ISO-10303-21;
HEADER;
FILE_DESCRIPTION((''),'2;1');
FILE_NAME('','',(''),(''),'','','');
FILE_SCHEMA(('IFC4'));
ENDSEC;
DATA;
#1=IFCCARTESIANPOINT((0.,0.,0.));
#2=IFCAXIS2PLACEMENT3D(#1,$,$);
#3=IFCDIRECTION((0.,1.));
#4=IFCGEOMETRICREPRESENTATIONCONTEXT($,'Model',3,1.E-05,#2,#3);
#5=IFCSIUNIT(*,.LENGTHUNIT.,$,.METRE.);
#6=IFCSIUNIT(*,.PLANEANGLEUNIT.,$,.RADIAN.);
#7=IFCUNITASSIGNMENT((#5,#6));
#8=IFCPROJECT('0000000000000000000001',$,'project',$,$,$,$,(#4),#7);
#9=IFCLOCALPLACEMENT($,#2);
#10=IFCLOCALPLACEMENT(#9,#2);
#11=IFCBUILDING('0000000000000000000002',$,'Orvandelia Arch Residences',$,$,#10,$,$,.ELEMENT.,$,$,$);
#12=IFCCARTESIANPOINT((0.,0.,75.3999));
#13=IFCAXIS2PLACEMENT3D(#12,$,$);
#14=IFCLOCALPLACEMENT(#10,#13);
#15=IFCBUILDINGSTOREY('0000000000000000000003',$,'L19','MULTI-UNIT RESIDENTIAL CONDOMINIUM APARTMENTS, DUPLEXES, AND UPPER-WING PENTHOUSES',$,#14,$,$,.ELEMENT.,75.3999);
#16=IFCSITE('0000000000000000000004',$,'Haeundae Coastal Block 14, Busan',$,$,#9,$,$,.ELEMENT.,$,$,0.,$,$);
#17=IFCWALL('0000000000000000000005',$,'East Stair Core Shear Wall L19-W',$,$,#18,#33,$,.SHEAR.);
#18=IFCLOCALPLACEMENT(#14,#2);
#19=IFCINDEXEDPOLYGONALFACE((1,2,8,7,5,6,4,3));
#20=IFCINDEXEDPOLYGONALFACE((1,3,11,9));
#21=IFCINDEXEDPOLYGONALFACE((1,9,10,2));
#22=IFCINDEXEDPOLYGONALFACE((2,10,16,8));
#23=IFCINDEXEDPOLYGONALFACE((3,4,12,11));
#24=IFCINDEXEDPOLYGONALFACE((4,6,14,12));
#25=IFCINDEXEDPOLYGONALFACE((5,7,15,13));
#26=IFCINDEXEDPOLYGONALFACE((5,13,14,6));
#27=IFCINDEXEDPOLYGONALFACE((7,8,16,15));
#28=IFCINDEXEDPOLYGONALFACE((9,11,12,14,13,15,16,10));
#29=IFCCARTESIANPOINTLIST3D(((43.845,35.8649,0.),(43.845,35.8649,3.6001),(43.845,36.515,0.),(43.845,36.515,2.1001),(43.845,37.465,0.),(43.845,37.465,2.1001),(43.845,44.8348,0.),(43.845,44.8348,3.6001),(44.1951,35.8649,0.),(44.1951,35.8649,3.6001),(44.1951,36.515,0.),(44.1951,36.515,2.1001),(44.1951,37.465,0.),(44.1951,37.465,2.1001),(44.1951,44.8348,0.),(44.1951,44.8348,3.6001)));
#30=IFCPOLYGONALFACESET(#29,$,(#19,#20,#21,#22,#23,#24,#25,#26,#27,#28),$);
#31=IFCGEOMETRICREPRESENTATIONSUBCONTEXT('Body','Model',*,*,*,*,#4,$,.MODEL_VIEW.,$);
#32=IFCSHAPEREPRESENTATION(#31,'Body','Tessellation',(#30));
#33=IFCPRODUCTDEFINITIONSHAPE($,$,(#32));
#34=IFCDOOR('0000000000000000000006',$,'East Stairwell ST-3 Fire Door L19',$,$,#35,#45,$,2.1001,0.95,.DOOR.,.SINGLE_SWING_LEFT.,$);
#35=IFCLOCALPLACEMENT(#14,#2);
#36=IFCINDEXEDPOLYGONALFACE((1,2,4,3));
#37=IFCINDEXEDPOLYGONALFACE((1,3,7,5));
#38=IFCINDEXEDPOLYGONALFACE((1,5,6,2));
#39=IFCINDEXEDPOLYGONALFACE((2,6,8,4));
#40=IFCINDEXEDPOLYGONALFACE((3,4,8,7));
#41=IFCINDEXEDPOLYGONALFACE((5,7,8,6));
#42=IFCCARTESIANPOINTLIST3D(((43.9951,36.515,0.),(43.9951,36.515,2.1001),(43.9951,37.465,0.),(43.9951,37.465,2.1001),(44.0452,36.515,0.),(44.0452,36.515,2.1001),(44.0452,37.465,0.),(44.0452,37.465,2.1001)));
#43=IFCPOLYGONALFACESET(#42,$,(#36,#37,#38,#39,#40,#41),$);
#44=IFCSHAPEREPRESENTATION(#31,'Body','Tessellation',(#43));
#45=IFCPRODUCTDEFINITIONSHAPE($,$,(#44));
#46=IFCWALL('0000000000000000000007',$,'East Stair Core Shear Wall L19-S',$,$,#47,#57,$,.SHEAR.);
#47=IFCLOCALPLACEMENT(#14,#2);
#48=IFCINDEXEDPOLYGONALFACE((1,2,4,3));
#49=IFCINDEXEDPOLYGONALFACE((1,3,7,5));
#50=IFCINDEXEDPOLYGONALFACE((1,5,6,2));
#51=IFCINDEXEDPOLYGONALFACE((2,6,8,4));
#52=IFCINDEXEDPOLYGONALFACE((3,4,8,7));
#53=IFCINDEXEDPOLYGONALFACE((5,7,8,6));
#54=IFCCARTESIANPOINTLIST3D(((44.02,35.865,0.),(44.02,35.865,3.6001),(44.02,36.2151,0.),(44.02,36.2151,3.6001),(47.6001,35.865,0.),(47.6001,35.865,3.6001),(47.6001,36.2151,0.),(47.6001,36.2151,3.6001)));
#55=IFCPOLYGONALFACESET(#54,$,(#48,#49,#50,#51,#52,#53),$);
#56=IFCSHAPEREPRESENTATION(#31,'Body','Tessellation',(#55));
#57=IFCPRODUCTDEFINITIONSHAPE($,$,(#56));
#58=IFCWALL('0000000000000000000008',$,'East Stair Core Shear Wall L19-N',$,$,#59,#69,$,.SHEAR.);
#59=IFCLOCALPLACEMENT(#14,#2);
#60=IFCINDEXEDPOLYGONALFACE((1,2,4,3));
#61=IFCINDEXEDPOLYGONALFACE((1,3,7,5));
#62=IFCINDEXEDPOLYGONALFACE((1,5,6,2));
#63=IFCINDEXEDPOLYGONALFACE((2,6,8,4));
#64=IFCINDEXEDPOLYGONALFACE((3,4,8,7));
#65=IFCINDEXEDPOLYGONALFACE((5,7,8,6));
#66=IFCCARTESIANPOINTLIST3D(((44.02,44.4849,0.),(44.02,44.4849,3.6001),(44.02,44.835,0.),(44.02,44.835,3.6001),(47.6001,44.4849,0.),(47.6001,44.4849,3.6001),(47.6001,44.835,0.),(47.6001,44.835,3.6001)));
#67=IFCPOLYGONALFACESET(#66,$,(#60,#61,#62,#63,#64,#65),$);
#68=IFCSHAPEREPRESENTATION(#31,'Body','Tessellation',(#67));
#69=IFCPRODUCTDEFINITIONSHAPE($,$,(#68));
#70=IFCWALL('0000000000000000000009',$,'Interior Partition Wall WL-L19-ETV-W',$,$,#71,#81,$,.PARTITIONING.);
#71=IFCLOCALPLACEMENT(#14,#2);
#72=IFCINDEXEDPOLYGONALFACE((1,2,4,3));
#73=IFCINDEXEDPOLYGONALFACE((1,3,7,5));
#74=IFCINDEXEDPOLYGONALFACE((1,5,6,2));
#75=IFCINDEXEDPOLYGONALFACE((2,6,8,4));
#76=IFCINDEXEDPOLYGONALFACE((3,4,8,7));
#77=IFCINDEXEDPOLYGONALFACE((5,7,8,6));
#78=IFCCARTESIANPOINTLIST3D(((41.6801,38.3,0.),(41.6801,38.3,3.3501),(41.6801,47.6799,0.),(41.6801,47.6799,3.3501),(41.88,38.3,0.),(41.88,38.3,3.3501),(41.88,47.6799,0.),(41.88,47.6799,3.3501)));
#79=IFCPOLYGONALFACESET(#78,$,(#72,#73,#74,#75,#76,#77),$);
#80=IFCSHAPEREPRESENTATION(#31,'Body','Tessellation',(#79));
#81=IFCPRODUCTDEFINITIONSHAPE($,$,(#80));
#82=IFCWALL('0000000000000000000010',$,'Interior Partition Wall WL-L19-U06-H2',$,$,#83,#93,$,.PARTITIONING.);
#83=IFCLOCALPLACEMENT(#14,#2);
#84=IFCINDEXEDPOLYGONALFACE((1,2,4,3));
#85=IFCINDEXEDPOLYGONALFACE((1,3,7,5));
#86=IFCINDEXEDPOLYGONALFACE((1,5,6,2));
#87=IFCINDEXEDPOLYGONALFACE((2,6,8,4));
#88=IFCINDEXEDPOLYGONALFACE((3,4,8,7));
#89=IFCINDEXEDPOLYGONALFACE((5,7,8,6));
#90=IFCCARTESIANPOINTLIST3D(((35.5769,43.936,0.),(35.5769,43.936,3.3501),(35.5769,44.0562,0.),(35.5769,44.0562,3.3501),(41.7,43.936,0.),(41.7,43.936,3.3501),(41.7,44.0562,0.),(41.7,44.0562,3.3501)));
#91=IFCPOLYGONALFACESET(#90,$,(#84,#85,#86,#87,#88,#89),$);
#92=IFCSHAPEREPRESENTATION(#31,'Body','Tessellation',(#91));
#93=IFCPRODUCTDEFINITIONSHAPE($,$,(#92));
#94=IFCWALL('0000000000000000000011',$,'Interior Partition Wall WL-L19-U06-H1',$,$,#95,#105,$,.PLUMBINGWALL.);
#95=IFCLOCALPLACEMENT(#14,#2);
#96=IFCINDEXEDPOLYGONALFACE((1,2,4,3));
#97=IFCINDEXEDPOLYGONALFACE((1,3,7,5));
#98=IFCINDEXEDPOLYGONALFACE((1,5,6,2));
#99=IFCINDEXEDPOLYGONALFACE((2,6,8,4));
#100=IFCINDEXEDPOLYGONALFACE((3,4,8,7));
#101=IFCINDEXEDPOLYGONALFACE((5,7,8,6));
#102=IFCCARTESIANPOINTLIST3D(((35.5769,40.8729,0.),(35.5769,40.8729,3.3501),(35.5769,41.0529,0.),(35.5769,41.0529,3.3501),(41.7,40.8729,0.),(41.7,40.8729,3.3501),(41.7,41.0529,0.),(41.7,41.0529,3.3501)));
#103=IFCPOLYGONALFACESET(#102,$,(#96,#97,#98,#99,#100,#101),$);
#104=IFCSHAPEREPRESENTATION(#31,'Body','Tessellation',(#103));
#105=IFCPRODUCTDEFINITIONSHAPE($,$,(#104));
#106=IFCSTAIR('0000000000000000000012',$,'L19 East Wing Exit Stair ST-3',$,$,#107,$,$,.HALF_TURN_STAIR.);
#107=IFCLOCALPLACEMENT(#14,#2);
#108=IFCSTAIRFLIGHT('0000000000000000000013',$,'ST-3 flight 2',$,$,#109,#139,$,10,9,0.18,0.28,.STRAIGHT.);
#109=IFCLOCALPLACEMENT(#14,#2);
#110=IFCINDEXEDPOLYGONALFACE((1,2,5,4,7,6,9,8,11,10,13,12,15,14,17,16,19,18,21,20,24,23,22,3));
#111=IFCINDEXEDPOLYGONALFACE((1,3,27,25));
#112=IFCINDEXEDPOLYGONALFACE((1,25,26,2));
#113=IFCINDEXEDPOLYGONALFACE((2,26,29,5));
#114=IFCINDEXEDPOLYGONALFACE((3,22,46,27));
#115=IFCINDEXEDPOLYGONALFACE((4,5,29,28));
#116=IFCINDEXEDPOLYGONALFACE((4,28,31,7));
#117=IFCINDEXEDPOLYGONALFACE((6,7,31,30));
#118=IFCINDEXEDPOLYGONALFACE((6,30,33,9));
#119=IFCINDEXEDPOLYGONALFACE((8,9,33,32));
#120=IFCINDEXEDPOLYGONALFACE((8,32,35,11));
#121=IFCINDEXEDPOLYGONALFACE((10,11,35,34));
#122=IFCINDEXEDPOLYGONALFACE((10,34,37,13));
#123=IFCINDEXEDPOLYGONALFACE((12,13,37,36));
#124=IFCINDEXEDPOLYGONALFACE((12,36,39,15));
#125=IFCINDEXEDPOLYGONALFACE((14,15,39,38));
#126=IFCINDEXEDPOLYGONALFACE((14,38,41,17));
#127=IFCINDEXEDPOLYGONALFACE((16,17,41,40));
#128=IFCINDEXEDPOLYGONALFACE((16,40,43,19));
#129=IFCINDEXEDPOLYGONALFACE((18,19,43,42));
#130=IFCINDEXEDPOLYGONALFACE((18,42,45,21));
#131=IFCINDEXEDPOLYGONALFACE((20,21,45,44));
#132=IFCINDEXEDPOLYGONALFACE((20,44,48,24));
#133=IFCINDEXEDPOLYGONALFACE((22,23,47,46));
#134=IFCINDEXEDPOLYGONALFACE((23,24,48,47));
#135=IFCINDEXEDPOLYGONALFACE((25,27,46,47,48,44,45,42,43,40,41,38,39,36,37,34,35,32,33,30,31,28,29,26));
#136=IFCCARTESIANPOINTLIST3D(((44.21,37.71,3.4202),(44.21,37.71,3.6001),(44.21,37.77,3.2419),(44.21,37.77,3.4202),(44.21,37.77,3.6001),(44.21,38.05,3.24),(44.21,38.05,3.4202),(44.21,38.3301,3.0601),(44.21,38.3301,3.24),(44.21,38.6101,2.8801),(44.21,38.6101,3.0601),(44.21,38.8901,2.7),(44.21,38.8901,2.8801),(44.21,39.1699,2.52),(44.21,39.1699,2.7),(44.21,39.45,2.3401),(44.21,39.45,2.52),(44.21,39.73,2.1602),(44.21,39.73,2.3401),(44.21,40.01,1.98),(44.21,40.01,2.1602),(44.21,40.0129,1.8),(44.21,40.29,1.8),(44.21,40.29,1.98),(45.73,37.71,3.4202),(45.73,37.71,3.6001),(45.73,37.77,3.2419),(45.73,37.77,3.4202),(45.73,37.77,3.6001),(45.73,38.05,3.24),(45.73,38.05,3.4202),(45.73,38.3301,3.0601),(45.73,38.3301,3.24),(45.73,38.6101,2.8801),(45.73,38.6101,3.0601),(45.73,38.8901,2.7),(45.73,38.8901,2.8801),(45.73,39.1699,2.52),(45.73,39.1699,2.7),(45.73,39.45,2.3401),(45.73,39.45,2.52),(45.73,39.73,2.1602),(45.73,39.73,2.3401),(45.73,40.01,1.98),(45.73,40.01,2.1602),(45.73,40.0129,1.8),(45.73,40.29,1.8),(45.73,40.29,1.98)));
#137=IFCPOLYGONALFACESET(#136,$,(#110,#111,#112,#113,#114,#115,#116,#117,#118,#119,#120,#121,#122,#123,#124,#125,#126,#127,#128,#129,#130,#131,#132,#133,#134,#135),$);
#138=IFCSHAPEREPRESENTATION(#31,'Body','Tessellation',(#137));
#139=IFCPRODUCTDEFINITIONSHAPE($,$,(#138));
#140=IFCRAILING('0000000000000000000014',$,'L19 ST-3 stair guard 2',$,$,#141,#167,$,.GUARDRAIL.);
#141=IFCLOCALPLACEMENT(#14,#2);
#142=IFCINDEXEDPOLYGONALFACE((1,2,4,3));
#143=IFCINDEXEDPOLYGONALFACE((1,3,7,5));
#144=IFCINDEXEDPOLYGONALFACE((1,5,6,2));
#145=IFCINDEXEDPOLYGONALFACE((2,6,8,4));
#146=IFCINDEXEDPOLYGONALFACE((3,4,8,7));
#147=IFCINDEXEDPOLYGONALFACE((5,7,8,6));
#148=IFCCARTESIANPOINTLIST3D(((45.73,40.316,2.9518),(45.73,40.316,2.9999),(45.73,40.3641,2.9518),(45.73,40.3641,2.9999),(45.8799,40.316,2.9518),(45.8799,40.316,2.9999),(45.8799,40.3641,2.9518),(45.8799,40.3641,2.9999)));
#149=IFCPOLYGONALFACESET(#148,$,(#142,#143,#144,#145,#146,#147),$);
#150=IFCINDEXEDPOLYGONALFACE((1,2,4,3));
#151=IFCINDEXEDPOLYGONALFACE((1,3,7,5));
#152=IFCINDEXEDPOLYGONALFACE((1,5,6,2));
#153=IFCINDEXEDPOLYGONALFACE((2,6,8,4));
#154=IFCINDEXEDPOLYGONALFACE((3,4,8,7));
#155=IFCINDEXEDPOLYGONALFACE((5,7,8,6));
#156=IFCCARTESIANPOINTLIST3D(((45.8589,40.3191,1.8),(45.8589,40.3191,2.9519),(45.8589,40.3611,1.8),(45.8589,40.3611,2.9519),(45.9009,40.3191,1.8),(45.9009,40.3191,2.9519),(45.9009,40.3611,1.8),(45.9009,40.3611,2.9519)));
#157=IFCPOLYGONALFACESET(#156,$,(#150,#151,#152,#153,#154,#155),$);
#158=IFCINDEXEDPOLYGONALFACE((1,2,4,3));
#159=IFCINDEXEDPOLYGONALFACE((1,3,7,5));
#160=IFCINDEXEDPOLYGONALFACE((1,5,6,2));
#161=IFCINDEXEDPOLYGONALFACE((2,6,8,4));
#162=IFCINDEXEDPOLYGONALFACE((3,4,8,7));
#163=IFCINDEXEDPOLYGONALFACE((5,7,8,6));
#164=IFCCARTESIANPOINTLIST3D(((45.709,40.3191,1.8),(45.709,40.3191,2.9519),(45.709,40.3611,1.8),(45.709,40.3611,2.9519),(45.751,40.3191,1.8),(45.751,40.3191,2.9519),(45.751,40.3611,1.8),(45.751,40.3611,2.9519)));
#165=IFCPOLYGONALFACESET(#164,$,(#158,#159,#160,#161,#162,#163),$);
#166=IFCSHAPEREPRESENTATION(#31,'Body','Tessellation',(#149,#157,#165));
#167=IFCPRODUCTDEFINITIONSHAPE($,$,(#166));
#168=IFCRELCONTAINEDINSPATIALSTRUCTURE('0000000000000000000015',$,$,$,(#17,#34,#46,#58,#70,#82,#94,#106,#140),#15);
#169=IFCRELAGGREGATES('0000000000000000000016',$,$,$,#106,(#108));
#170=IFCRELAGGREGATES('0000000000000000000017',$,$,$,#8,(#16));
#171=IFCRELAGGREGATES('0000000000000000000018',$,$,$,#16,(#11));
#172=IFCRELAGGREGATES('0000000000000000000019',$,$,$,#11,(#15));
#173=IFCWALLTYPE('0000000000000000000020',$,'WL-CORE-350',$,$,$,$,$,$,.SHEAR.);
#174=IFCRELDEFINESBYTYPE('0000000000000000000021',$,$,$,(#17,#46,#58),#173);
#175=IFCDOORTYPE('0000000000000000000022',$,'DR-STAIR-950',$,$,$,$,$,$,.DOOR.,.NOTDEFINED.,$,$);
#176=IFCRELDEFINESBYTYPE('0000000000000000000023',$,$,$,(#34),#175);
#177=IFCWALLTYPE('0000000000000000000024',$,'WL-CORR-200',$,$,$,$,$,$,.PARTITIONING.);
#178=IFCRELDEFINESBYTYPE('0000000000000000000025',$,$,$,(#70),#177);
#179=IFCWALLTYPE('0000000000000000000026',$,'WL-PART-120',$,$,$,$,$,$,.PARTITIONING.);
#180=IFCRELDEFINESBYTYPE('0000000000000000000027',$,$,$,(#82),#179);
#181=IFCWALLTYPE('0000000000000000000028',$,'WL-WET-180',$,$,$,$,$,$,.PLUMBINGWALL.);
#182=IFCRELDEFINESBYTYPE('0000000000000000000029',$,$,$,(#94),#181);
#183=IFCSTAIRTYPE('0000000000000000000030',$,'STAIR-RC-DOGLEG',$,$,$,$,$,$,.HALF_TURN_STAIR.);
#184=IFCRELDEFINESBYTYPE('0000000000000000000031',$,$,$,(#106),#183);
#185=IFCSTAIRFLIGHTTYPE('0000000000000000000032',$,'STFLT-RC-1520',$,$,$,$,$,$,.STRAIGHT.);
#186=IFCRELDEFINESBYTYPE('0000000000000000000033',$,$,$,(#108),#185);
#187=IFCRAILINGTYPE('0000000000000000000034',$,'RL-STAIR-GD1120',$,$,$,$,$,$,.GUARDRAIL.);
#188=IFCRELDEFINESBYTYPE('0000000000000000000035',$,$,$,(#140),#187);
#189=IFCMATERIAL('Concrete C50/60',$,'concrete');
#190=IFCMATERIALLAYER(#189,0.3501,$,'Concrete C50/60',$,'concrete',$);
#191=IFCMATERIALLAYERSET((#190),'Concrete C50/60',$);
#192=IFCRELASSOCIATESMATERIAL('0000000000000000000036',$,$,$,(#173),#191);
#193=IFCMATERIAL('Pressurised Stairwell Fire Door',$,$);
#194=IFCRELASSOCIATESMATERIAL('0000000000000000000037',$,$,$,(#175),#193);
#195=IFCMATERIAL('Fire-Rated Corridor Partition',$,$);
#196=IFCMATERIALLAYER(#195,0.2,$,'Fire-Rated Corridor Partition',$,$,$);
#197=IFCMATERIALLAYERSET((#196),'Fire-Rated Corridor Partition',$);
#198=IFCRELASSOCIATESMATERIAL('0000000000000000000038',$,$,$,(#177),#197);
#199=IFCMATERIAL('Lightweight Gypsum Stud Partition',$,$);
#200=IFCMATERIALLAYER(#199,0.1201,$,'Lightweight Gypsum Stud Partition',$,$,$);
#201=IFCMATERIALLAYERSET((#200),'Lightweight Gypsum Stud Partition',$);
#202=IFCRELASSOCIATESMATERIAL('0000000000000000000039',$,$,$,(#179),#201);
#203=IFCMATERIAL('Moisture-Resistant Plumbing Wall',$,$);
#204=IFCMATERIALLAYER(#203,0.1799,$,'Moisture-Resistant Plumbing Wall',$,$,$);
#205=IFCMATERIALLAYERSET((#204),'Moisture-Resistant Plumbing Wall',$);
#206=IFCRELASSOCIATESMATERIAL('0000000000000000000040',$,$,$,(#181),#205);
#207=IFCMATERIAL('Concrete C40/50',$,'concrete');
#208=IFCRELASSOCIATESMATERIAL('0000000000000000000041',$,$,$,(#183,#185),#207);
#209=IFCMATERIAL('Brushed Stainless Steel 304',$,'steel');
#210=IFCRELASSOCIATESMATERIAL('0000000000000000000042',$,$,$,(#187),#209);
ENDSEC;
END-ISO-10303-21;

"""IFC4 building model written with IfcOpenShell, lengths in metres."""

from ifc_helpers import new_model, si_unit, direction, frame, frame_2d, origin, origin_2d, place, context, subcontext, project, spatial, polyline, rectangle, outline, extrude, material, layer, layer_set, type_object, element, fill, aggregate, save


model = new_model("IFC4")

# Units and contexts
model_context = context("Model", 3, precision=1e-05, world=origin(), true_north=direction((0.0, 1.0)))
body_context = subcontext(model_context, "Body", "Model", "MODEL_VIEW")
ifc_project = project(units=[si_unit("LENGTHUNIT", "METRE"), si_unit("PLANEANGLEUNIT", "RADIAN")], contexts=[model_context])

# Site, building, storey
site_placement = place(None, origin())
site = spatial("IfcSite", under=ifc_project, at=site_placement, Name="Haeundae Coastal Block 14, Busan", CompositionType="ELEMENT", RefElevation=0.0)
building_placement = place(site_placement, origin())
building = spatial("IfcBuilding", under=site, at=building_placement, Name="Orvandelia Arch Residences", CompositionType="ELEMENT")
storey_placement = place(building_placement, frame((0.0, 0.0, 75.3999)))
storey = spatial("IfcBuildingStorey", under=building, at=storey_placement, Name="L19", Description="MULTI-UNIT RESIDENTIAL CONDOMINIUM APARTMENTS, DUPLEXES, AND UPPER-WING PENTHOUSES", CompositionType="ELEMENT", Elevation=75.3999)

# Wall, opening, door
ifc_material_1 = material(Name="Concrete C50/60", Category="concrete")
ifc_layer_1 = layer(ifc_material_1, 0.3501, Name="Concrete C50/60", Category="concrete")
ifc_layer_set_1 = layer_set([ifc_layer_1], Name="Concrete C50/60")
wall_type_1 = type_object("IfcWallType", Name="WL-CORE-350", PredefinedType="SHEAR", material=ifc_layer_set_1)
wall_1_placement = place(storey_placement, frame((44.02, 35.865, 0.0), z_axis=(0.0, 0.0, 1.0), x_axis=(0.0, 1.0, 0.0)))
wall_1 = element("IfcWall", 1, at=wall_1_placement, inside=storey, type_object=wall_type_1, Name="East Stair Core Shear Wall L19-W", PredefinedType="SHEAR", context=body_context, shape_type="SweptSolid", body=[
    extrude(rectangle(XDim=8.97, YDim=0.3501, at=frame_2d((4.4849, 0.0))), origin(), (0.0, 0.0, 1.0), 3.6001),
])
opening_1_placement = place(wall_1_placement, frame((0.6499, 0.0, 0.0)))
opening_1 = element("IfcOpeningElement", 2, at=opening_1_placement, cuts=wall_1, PredefinedType="OPENING", context=body_context, shape_type="SweptSolid", body=[
    extrude(rectangle(XDim=0.95, YDim=2.1001, at=frame_2d((0.4751, 1.05))), frame((0.0, 0.1851, 0.0), z_axis=(0.0, -1.0, 0.0), x_axis=(1.0, 0.0, 0.0)), (0.0, 0.0, 1.0), 0.3701),
])
ifc_material_2 = material(Name="Pressurised Stairwell Fire Door")
door_type_1 = type_object("IfcDoorType", Name="DR-STAIR-950", OperationType="NOTDEFINED", PredefinedType="DOOR", material=ifc_material_2)
door_1_placement = place(opening_1_placement, origin())
door_1 = element("IfcDoor", 3, at=door_1_placement, inside=storey, type_object=door_type_1, Name="East Stairwell ST-3 Fire Door L19", OperationType="SINGLE_SWING_LEFT", OverallHeight=2.1001, OverallWidth=0.95, PredefinedType="DOOR", context=body_context, shape_type="SweptSolid", body=[
    extrude(rectangle(XDim=0.95, YDim=2.1001, at=frame_2d((0.4751, 1.05))), frame((0.0, 0.0249, 0.0), z_axis=(0.0, -1.0, 0.0), x_axis=(1.0, 0.0, 0.0)), (0.0, 0.0, 1.0), 0.05),
])
fill(opening_1, door_1)

# Walls
for number, where, z_axis, x_axis, name in (
    (4, (44.02, 36.04, 0.0), (0.0, 0.0, 1.0), (1.0, 0.0, 0.0), "East Stair Core Shear Wall L19-S"),
    (5, (44.02, 44.6599, 0.0), (0.0, 0.0, 1.0), (1.0, 0.0, 0.0), "East Stair Core Shear Wall L19-N"),
):
    element("IfcWall", number, at=place(storey_placement, frame(where, z_axis=z_axis, x_axis=x_axis)), inside=storey, type_object=wall_type_1, Name=name, PredefinedType="SHEAR", context=body_context, shape_type="SweptSolid", body=[
        extrude(rectangle(XDim=3.5801, YDim=0.3501, at=frame_2d((1.79, 0.0))), origin(), (0.0, 0.0, 1.0), 3.6001),
    ])
ifc_material_3 = material(Name="Fire-Rated Corridor Partition")
ifc_layer_2 = layer(ifc_material_3, 0.2, Name="Fire-Rated Corridor Partition")
ifc_layer_set_2 = layer_set([ifc_layer_2], Name="Fire-Rated Corridor Partition")
wall_type_2 = type_object("IfcWallType", Name="WL-CORR-200", PredefinedType="PARTITIONING", material=ifc_layer_set_2)
wall_2_placement = place(storey_placement, frame((41.78, 38.3, 0.0), z_axis=(0.0, 0.0, 1.0), x_axis=(0.0, 1.0, 0.0)))
element("IfcWall", 6, at=wall_2_placement, inside=storey, type_object=wall_type_2, Name="Interior Partition Wall WL-L19-ETV-W", PredefinedType="PARTITIONING", context=body_context, shape_type="SweptSolid", body=[
    extrude(rectangle(XDim=9.3799, YDim=0.2, at=frame_2d((4.6899, 0.0))), origin(), (0.0, 0.0, 1.0), 3.3501),
])
ifc_material_4 = material(Name="Lightweight Gypsum Stud Partition")
ifc_layer_3 = layer(ifc_material_4, 0.1201, Name="Lightweight Gypsum Stud Partition")
ifc_layer_set_3 = layer_set([ifc_layer_3], Name="Lightweight Gypsum Stud Partition")
wall_type_3 = type_object("IfcWallType", Name="WL-PART-120", PredefinedType="PARTITIONING", material=ifc_layer_set_3)
wall_3_placement = place(storey_placement, frame((35.5769, 43.9961, 0.0), z_axis=(0.0, 0.0, 1.0), x_axis=(1.0, 0.0, 0.0)))
element("IfcWall", 7, at=wall_3_placement, inside=storey, type_object=wall_type_3, Name="Interior Partition Wall WL-L19-U06-H2", PredefinedType="PARTITIONING", context=body_context, shape_type="SweptSolid", body=[
    extrude(rectangle(XDim=6.123, YDim=0.1201, at=frame_2d((3.0615, 0.0))), origin(), (0.0, 0.0, 1.0), 3.3501),
])

# Shared definitions
ifc_material_5 = material(Name="Moisture-Resistant Plumbing Wall")
ifc_layer_4 = layer(ifc_material_5, 0.1799, Name="Moisture-Resistant Plumbing Wall")
ifc_layer_set_4 = layer_set([ifc_layer_4], Name="Moisture-Resistant Plumbing Wall")
wall_type_4 = type_object("IfcWallType", Name="WL-WET-180", PredefinedType="PLUMBINGWALL", material=ifc_layer_set_4)

# Wall
wall_4_placement = place(storey_placement, frame((35.5769, 40.9629, 0.0), z_axis=(0.0, 0.0, 1.0), x_axis=(1.0, 0.0, 0.0)))
element("IfcWall", 8, at=wall_4_placement, inside=storey, type_object=wall_type_4, Name="Interior Partition Wall WL-L19-U06-H1", PredefinedType="PLUMBINGWALL", context=body_context, shape_type="SweptSolid", body=[
    extrude(rectangle(XDim=6.123, YDim=0.1799, at=frame_2d((3.0615, 0.0))), origin(), (0.0, 0.0, 1.0), 3.3501),
])

# Stair, stair flight
ifc_material_6 = material(Name="Concrete C40/50", Category="concrete")
stair_type = type_object("IfcStairType", Name="STAIR-RC-DOGLEG", PredefinedType="HALF_TURN_STAIR", material=ifc_material_6)
stair_placement = place(storey_placement, origin())
stair = element("IfcStair", 9, at=stair_placement, inside=storey, type_object=stair_type, Name="L19 East Wing Exit Stair ST-3", PredefinedType="HALF_TURN_STAIR")
stair_flight_type = type_object("IfcStairFlightType", Name="STFLT-RC-1520", PredefinedType="STRAIGHT", material=ifc_material_6)
stair_flight_placement = place(storey_placement, frame((44.97, 40.29, 1.8), z_axis=(0.0, 0.0, 1.0), x_axis=(0.0, -1.0, 0.0)))
stair_flight = element("IfcStairFlight", 10, at=stair_flight_placement, type_object=stair_flight_type, Name="ST-3 flight 2", NumberOfRisers=10, NumberOfTreads=9, PredefinedType="STRAIGHT", RiserHeight=0.18, TreadLength=0.28, context=body_context, shape_type="SweptSolid", body=[
    extrude(outline(polyline([(0.0, 0.0), (0.0, 0.1799), (0.28, 0.1799), (0.28, 0.3601), (0.5601, 0.3601), (0.5601, 0.54), (0.8401, 0.54), (0.8401, 0.72), (1.1201, 0.72), (1.1201, 0.8999), (1.3999, 0.8999), (1.3999, 1.0801), (1.6799, 1.0801), (1.6799, 1.26), (1.96, 1.26), (1.96, 1.4399), (2.24, 1.4399), (2.24, 1.6201), (2.52, 1.6201), (2.52, 1.8), (2.5801, 1.8), (2.5801, 1.6201), (2.52, 1.4419), (0.2771, 0.0), (0.0, 0.0)])), frame((0.0, 0.76, 0.0), z_axis=(0.0, -1.0, 0.0), x_axis=(1.0, 0.0, 0.0)), (0.0, 0.0, 1.0), 1.52),
])
aggregate(stair, [stair_flight])

# Railing
ifc_material_7 = material(Name="Brushed Stainless Steel 304", Category="steel")
railing_type_1 = type_object("IfcRailingType", Name="RL-STAIR-GD1120", PredefinedType="GUARDRAIL", material=ifc_material_7)
railing_1_placement = place(storey_placement, frame((45.8799, 40.3401, 1.8)))
element("IfcRailing", 11, at=railing_1_placement, inside=storey, type_object=railing_type_1, Name="L19 ST-3 stair guard 2", PredefinedType="GUARDRAIL", context=body_context, shape_type="SweptSolid", body=[
    extrude(rectangle(XDim=0.0481, YDim=0.0481, at=origin_2d()), frame((0.0, 0.0, 1.1758), z_axis=(-1.0, 0.0, 0.0), x_axis=(0.0, -1.0, 0.0)), (0.0, 0.0, 1.0), 0.1499),
    extrude(rectangle(XDim=0.042, YDim=0.042, at=origin_2d()), origin(), (0.0, 0.0, 1.0), 1.1519),
    extrude(rectangle(XDim=0.042, YDim=0.042, at=origin_2d()), frame((-0.1499, 0.0, 0.0)), (0.0, 0.0, 1.0), 1.1519),
])

save(model, "model.ifc")
